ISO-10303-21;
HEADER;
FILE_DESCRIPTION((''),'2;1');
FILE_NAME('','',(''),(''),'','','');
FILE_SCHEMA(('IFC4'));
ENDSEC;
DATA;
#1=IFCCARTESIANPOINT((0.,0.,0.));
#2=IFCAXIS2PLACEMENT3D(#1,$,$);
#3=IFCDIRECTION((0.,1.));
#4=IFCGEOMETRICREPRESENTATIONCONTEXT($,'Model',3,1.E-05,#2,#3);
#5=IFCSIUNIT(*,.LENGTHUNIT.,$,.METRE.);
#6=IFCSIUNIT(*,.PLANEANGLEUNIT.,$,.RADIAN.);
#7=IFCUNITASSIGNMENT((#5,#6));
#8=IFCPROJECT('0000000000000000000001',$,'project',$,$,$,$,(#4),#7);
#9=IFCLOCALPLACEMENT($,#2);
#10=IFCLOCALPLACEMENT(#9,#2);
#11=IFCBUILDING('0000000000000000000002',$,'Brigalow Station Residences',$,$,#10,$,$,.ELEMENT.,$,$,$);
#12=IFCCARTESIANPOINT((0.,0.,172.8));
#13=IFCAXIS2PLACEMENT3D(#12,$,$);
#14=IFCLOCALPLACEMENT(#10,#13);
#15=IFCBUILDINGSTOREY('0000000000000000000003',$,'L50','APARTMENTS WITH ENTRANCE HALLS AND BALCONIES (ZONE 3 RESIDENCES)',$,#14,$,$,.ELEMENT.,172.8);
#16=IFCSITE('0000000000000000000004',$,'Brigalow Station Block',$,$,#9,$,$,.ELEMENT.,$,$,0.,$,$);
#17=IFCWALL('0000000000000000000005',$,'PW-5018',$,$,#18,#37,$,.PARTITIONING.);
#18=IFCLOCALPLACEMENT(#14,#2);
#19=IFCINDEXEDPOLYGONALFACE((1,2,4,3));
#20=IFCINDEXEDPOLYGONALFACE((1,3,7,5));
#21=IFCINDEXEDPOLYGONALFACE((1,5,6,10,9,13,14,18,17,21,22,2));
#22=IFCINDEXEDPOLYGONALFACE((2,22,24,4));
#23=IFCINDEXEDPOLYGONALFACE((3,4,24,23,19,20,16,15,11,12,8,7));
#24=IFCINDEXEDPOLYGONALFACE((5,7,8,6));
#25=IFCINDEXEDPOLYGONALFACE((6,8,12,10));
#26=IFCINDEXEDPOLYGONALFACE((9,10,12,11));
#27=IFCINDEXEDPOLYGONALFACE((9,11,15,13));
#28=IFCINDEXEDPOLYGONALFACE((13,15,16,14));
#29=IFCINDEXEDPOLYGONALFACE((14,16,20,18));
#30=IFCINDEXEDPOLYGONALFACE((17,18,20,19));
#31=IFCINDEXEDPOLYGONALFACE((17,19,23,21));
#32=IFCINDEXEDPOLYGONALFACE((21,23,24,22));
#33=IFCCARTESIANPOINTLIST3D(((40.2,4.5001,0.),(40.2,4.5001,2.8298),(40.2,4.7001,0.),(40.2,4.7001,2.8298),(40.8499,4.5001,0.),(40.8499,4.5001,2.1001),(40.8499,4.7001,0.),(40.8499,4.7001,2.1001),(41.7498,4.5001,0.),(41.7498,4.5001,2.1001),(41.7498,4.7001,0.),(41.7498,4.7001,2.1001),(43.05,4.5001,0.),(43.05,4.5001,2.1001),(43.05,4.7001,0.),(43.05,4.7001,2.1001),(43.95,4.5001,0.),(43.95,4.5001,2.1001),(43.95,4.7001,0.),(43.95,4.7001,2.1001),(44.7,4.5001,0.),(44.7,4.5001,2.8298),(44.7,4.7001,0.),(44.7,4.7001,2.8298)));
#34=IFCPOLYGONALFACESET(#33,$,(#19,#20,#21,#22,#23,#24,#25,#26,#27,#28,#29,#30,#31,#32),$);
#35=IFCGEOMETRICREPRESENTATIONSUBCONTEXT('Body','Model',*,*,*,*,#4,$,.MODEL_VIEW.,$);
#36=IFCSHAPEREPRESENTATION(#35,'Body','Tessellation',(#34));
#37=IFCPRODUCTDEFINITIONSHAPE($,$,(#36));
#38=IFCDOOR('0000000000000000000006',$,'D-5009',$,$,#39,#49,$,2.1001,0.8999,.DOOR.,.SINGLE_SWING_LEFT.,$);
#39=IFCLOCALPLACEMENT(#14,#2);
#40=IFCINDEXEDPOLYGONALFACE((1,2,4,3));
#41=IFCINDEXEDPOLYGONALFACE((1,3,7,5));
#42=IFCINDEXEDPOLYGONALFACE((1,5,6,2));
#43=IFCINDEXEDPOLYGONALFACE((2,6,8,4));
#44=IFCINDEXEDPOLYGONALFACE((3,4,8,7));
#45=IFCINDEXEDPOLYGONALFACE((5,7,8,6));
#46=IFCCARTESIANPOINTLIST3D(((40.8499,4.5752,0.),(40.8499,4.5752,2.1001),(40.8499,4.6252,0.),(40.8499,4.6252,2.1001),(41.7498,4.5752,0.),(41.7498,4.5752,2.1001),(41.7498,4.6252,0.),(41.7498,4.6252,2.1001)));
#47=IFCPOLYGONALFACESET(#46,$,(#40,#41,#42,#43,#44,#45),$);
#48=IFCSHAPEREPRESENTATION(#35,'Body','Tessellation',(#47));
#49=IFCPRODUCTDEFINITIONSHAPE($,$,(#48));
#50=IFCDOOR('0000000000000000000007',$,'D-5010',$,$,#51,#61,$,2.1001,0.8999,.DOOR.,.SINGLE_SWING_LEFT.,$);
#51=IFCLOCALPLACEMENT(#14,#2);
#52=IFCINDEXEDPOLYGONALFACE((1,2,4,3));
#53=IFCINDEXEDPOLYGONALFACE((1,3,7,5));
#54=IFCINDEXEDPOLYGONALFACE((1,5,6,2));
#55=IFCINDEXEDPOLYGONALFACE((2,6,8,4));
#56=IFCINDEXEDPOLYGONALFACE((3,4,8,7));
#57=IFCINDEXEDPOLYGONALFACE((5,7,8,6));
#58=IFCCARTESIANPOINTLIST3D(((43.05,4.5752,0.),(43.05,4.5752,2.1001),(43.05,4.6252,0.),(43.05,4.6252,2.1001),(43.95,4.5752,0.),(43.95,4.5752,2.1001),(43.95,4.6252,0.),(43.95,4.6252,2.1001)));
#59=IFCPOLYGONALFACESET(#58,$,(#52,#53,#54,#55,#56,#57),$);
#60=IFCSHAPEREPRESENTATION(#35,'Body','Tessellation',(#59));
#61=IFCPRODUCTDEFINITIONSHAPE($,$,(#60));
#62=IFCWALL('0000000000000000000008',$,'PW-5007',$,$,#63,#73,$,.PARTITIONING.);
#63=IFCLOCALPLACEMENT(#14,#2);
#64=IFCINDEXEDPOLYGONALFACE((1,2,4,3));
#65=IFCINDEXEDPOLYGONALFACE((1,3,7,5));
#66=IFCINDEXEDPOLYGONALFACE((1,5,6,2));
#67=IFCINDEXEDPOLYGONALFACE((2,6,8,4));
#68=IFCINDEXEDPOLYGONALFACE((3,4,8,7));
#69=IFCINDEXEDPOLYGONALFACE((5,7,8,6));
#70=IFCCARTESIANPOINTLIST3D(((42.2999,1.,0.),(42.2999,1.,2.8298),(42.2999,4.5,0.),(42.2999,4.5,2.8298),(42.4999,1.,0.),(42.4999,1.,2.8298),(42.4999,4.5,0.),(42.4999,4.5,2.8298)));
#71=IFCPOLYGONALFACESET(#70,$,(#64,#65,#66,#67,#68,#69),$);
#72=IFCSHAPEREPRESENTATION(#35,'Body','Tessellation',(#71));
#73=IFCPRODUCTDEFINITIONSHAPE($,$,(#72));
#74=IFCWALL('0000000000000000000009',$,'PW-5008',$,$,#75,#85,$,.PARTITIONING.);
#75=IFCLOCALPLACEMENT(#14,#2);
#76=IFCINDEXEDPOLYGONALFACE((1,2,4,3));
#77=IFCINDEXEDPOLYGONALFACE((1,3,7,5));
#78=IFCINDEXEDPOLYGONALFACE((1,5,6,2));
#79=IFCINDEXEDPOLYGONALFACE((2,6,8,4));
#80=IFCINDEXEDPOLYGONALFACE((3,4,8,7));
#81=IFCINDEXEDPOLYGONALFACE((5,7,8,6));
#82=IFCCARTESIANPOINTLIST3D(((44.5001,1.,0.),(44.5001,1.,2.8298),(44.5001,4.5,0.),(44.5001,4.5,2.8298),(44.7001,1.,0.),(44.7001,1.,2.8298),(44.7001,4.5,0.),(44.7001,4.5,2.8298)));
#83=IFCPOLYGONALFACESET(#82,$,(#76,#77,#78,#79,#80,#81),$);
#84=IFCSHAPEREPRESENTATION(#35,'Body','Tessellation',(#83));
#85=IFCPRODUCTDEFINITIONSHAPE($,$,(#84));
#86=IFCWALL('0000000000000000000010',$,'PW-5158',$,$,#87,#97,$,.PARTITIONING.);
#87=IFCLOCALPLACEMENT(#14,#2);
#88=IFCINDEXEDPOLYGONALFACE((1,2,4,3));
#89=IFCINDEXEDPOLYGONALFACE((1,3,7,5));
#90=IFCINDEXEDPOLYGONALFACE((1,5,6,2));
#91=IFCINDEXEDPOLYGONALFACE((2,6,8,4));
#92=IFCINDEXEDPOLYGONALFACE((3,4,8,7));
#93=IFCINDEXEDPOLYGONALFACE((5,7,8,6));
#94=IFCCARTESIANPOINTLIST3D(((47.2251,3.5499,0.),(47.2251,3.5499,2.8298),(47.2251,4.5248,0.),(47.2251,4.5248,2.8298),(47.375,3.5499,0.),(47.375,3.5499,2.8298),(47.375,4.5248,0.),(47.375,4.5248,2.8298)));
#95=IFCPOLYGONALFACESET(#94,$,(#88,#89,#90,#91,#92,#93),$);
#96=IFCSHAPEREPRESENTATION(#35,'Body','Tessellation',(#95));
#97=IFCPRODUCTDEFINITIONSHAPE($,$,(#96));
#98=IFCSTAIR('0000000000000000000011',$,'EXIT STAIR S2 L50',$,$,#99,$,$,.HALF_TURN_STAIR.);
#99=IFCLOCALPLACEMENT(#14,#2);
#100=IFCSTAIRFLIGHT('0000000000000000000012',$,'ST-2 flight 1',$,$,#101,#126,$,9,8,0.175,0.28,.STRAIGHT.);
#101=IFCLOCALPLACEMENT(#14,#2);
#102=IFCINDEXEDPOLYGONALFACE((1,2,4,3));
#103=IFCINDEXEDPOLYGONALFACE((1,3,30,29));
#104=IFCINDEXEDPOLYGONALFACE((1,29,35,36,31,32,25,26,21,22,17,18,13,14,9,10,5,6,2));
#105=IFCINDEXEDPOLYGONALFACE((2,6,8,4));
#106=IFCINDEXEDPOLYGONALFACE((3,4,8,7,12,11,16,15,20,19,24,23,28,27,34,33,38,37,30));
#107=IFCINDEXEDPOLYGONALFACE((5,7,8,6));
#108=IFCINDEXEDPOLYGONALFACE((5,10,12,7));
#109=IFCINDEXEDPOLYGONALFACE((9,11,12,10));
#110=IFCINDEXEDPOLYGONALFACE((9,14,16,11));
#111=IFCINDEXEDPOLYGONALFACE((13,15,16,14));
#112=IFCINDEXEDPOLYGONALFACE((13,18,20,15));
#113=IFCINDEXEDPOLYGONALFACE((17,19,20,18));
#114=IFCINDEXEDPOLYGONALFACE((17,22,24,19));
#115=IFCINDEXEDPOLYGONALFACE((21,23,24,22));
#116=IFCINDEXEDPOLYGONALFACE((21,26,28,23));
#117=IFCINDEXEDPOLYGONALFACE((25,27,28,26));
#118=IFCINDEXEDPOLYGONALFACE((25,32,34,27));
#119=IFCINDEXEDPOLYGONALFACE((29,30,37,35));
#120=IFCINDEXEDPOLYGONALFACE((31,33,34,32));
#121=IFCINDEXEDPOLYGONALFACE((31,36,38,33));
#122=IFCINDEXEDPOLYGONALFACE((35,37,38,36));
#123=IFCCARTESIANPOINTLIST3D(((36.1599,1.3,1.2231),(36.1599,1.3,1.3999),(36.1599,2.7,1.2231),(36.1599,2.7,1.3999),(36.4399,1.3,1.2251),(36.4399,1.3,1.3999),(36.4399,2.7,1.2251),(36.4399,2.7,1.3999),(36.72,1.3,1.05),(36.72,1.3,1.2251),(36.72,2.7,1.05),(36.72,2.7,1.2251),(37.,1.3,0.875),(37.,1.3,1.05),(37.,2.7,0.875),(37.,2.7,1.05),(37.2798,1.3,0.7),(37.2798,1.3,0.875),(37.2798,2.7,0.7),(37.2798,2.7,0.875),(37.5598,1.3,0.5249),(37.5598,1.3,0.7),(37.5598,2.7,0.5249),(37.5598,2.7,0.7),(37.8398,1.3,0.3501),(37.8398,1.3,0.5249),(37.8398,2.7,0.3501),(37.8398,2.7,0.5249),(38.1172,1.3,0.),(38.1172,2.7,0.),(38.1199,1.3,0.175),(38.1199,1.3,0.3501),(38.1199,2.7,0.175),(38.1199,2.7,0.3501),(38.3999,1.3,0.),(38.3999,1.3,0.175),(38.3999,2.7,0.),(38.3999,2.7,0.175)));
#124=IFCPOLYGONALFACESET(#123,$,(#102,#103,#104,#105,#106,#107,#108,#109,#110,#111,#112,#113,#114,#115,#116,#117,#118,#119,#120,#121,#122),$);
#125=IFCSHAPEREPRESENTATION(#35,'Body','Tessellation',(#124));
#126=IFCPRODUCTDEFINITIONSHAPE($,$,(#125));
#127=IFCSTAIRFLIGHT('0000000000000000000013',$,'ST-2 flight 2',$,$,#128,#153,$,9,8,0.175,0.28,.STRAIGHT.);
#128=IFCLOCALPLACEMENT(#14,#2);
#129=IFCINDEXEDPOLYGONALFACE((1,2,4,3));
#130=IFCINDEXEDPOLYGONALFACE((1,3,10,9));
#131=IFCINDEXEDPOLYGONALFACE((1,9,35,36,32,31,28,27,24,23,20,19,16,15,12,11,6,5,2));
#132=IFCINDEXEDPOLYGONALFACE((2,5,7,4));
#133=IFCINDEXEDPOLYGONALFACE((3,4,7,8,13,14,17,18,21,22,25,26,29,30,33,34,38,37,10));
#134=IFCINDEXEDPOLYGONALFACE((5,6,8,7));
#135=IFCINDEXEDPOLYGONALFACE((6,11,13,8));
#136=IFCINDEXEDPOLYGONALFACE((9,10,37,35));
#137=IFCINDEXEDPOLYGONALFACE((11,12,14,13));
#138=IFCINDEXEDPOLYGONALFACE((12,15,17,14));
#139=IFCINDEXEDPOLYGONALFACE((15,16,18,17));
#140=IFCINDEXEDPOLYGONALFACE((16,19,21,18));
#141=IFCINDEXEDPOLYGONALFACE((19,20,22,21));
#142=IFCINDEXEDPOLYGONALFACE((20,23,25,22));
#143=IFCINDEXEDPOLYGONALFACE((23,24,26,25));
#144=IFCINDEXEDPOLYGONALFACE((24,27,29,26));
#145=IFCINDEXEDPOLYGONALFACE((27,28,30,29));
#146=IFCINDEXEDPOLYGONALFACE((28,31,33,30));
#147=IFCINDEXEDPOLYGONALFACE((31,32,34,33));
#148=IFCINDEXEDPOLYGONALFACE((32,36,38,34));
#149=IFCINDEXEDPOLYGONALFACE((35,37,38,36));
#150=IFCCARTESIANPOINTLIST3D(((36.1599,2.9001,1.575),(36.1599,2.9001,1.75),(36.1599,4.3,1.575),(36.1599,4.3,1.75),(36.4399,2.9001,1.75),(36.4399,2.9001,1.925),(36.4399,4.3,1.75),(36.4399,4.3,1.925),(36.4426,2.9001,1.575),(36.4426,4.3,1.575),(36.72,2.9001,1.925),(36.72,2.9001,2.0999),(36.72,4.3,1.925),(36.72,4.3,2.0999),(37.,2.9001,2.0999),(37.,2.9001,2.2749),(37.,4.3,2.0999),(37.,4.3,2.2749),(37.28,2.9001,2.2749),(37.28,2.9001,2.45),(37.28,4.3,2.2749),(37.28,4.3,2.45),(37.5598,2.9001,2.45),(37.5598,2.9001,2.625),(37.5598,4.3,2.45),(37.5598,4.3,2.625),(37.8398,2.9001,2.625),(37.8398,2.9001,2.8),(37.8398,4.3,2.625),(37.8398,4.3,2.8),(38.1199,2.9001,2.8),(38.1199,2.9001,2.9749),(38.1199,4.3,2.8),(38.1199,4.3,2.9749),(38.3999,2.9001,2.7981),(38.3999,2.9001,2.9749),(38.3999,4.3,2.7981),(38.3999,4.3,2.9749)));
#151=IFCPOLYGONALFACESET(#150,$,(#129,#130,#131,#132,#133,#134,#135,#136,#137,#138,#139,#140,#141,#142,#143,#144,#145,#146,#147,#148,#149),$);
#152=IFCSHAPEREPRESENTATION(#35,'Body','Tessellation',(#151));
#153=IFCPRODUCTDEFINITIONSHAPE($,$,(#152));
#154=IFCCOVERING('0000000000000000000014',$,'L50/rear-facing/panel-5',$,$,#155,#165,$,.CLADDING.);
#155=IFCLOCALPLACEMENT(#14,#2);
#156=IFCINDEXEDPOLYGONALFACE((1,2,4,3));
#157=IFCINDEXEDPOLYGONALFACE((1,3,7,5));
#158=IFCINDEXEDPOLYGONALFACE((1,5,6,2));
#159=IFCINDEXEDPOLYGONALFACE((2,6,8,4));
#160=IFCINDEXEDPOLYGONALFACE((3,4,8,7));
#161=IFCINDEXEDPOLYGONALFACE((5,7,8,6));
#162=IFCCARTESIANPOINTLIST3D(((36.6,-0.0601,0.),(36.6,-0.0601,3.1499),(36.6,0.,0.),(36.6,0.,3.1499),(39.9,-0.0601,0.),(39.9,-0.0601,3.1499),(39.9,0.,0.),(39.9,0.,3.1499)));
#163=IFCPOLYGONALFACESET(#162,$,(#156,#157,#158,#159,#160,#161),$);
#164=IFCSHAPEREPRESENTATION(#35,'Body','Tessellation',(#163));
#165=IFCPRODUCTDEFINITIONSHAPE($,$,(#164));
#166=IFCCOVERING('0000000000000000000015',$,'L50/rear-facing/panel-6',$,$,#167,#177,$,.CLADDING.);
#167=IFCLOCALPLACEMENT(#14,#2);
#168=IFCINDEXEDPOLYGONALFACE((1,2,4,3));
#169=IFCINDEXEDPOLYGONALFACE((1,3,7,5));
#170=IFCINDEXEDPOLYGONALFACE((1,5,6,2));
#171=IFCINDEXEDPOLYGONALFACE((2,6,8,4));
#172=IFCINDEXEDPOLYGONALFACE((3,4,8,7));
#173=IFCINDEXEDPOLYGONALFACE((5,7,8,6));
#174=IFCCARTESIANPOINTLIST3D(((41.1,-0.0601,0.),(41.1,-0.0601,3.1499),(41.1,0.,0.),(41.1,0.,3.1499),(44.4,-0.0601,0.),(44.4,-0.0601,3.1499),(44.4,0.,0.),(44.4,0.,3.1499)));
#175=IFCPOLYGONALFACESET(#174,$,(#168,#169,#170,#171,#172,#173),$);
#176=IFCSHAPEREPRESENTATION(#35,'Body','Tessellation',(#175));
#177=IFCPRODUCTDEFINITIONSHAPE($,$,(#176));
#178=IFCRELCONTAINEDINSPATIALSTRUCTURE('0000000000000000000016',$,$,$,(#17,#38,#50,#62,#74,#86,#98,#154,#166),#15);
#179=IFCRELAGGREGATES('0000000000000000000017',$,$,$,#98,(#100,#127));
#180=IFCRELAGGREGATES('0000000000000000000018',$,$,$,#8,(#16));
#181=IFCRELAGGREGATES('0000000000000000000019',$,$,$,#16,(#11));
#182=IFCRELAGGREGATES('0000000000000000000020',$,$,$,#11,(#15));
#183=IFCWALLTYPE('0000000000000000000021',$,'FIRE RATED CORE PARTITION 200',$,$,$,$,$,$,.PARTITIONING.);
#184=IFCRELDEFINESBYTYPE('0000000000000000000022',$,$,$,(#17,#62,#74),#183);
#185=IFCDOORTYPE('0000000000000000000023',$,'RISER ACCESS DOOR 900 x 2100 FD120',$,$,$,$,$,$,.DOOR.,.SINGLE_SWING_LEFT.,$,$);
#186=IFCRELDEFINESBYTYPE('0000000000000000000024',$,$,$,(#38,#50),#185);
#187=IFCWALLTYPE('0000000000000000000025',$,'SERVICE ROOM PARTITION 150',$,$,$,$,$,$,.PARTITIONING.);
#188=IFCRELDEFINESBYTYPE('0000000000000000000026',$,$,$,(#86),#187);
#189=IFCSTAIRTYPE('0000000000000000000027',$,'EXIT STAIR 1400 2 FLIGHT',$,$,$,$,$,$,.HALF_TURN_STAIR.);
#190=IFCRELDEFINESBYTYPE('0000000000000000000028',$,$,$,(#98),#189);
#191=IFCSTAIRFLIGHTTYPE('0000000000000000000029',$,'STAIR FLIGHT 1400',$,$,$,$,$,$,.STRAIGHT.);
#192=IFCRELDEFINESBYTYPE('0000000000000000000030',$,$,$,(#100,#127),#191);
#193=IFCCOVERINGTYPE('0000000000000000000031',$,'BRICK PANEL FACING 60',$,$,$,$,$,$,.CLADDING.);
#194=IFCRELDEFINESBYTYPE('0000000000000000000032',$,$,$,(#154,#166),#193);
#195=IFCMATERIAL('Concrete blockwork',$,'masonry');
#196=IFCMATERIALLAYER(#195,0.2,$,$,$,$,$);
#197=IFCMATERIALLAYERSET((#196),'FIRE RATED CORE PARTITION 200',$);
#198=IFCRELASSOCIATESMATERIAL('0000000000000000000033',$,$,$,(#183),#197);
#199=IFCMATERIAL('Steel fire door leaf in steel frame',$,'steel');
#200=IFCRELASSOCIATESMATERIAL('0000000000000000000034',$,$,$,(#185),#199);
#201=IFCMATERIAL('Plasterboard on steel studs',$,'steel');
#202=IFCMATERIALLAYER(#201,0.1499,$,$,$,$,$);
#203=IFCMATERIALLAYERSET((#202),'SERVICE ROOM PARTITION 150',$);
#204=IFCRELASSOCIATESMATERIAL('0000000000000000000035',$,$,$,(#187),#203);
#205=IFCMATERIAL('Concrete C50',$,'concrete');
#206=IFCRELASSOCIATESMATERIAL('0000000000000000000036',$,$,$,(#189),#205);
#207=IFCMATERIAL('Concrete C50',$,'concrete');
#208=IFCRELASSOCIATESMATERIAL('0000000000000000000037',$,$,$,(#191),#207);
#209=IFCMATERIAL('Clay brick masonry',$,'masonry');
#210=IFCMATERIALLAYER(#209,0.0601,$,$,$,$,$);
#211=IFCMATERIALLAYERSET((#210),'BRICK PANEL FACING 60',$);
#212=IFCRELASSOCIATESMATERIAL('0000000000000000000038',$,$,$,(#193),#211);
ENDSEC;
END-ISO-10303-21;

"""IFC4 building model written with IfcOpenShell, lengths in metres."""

from ifc_helpers import new_model, si_unit, direction, frame, frame_2d, origin, origin_2d, place, context, subcontext, project, spatial, polyline, rectangle, outline, extrude, material, layer, layer_set, type_object, element, fill, aggregate, save


model = new_model("IFC4")

# Units and contexts
model_context = context("Model", 3, precision=1e-05, world=origin(), true_north=direction((0.0, 1.0)))
body_context = subcontext(model_context, "Body", "Model", "MODEL_VIEW")
ifc_project = project(units=[si_unit("LENGTHUNIT", "METRE"), si_unit("PLANEANGLEUNIT", "RADIAN")], contexts=[model_context])

# Site, building, storey
site_placement = place(None, origin())
site = spatial("IfcSite", under=ifc_project, at=site_placement, Name="Brigalow Station Block", CompositionType="ELEMENT", RefElevation=0.0)
building_placement = place(site_placement, origin())
building = spatial("IfcBuilding", under=site, at=building_placement, Name="Brigalow Station Residences", CompositionType="ELEMENT")
storey_placement = place(building_placement, frame((0.0, 0.0, 172.8)))
storey = spatial("IfcBuildingStorey", under=building, at=storey_placement, Name="L50", Description="APARTMENTS WITH ENTRANCE HALLS AND BALCONIES (ZONE 3 RESIDENCES)", CompositionType="ELEMENT", Elevation=172.8)

# Wall, openings, doors
ifc_material_1 = material(Name="Concrete blockwork", Category="masonry")
ifc_layer_1 = layer(ifc_material_1, 0.2)
ifc_layer_set_1 = layer_set([ifc_layer_1], Name="FIRE RATED CORE PARTITION 200")
wall_type_1 = type_object("IfcWallType", Name="FIRE RATED CORE PARTITION 200", PredefinedType="PARTITIONING", material=ifc_layer_set_1)
wall_1_placement = place(storey_placement, frame((40.2, 4.6001, 0.0), z_axis=(0.0, 0.0, 1.0), x_axis=(1.0, 0.0, 0.0)))
wall_1 = element("IfcWall", 1, at=wall_1_placement, inside=storey, type_object=wall_type_1, Name="PW-5018", PredefinedType="PARTITIONING", context=body_context, shape_type="SweptSolid", body=[
    extrude(rectangle(XDim=4.5, YDim=0.2, at=frame_2d((2.25, 0.0))), origin(), (0.0, 0.0, 1.0), 2.8298),
])
opening_1_placement = place(wall_1_placement, frame((0.6499, 0.0, 0.0)))
opening_1 = element("IfcOpeningElement", 2, at=opening_1_placement, cuts=wall_1, PredefinedType="OPENING", context=body_context, shape_type="SweptSolid", body=[
    extrude(rectangle(XDim=0.8999, YDim=2.1001, at=frame_2d((0.45, 1.05))), frame((0.0, 0.1099, 0.0), z_axis=(0.0, -1.0, 0.0), x_axis=(1.0, 0.0, 0.0)), (0.0, 0.0, 1.0), 0.22),
])
opening_2_placement = place(wall_1_placement, frame((2.8501, 0.0, 0.0)))
opening_2 = element("IfcOpeningElement", 3, at=opening_2_placement, cuts=wall_1, PredefinedType="OPENING", context=body_context, shape_type="SweptSolid", body=[
    extrude(rectangle(XDim=0.8999, YDim=2.1001, at=frame_2d((0.45, 1.05))), frame((0.0, 0.1099, 0.0), z_axis=(0.0, -1.0, 0.0), x_axis=(1.0, 0.0, 0.0)), (0.0, 0.0, 1.0), 0.22),
])
ifc_material_2 = material(Name="Steel fire door leaf in steel frame", Category="steel")
door_type_1 = type_object("IfcDoorType", Name="RISER ACCESS DOOR 900 x 2100 FD120", OperationType="SINGLE_SWING_LEFT", PredefinedType="DOOR", material=ifc_material_2)
door_1_placement = place(opening_1_placement, frame((0.8999, 0.0, 0.0), z_axis=(0.0, 0.0, 1.0), x_axis=(-1.0, 0.0, 0.0)))
door_1 = element("IfcDoor", 4, at=door_1_placement, inside=storey, type_object=door_type_1, Name="D-5009", OperationType="SINGLE_SWING_LEFT", OverallHeight=2.1001, OverallWidth=0.8999, PredefinedType="DOOR", context=body_context, shape_type="SweptSolid", body=[
    extrude(rectangle(XDim=0.8999, YDim=2.1001, at=frame_2d((0.45, 1.05))), frame((0.0, 0.0249, 0.0), z_axis=(0.0, -1.0, 0.0), x_axis=(1.0, 0.0, 0.0)), (0.0, 0.0, 1.0), 0.05),
])
fill(opening_1, door_1)
door_2_placement = place(opening_2_placement, frame((0.8999, 0.0, 0.0), z_axis=(0.0, 0.0, 1.0), x_axis=(-1.0, 0.0, 0.0)))
door_2 = element("IfcDoor", 5, at=door_2_placement, inside=storey, type_object=door_type_1, Name="D-5010", OperationType="SINGLE_SWING_LEFT", OverallHeight=2.1001, OverallWidth=0.8999, PredefinedType="DOOR", context=body_context, shape_type="SweptSolid", body=[
    extrude(rectangle(XDim=0.8999, YDim=2.1001, at=frame_2d((0.45, 1.05))), frame((0.0, 0.0249, 0.0), z_axis=(0.0, -1.0, 0.0), x_axis=(1.0, 0.0, 0.0)), (0.0, 0.0, 1.0), 0.05),
])
fill(opening_2, door_2)

# Walls
for number, where, z_axis, x_axis, name in (
    (6, (42.3999, 1.0, 0.0), (0.0, 0.0, 1.0), (0.0, 1.0, 0.0), "PW-5007"),
    (7, (44.6001, 1.0, 0.0), (0.0, 0.0, 1.0), (0.0, 1.0, 0.0), "PW-5008"),
):
    element("IfcWall", number, at=place(storey_placement, frame(where, z_axis=z_axis, x_axis=x_axis)), inside=storey, type_object=wall_type_1, Name=name, PredefinedType="PARTITIONING", context=body_context, shape_type="SweptSolid", body=[
        extrude(rectangle(XDim=3.5, YDim=0.2, at=frame_2d((1.75, 0.0))), origin(), (0.0, 0.0, 1.0), 2.8298),
    ])
ifc_material_3 = material(Name="Plasterboard on steel studs", Category="steel")
ifc_layer_2 = layer(ifc_material_3, 0.1499)
ifc_layer_set_2 = layer_set([ifc_layer_2], Name="SERVICE ROOM PARTITION 150")
wall_type_2 = type_object("IfcWallType", Name="SERVICE ROOM PARTITION 150", PredefinedType="PARTITIONING", material=ifc_layer_set_2)
wall_2_placement = place(storey_placement, frame((47.3, 3.55, 0.0), z_axis=(0.0, 0.0, 1.0), x_axis=(0.0, 1.0, 0.0)))
element("IfcWall", 8, at=wall_2_placement, inside=storey, type_object=wall_type_2, Name="PW-5158", PredefinedType="PARTITIONING", context=body_context, shape_type="SweptSolid", body=[
    extrude(rectangle(XDim=0.9749, YDim=0.1499, at=frame_2d((0.4873, 0.0))), origin(), (0.0, 0.0, 1.0), 2.8298),
])

# Stair, stair flights
ifc_material_4 = material(Name="Concrete C50", Category="concrete")
stair_type = type_object("IfcStairType", Name="EXIT STAIR 1400 2 FLIGHT", PredefinedType="HALF_TURN_STAIR", material=ifc_material_4)
stair_placement = place(storey_placement, origin())
stair = element("IfcStair", 9, at=stair_placement, inside=storey, type_object=stair_type, Name="EXIT STAIR S2 L50", PredefinedType="HALF_TURN_STAIR")
ifc_material_5 = material(Name="Concrete C50", Category="concrete")
stair_flight_type = type_object("IfcStairFlightType", Name="STAIR FLIGHT 1400", PredefinedType="STRAIGHT", material=ifc_material_5)
stair_flight_1_placement = place(storey_placement, frame((38.3999, 2.0, 0.0), z_axis=(0.0, 0.0, 1.0), x_axis=(-1.0, 0.0, 0.0)))
stair_flight_1 = element("IfcStairFlight", 10, at=stair_flight_1_placement, type_object=stair_flight_type, Name="ST-2 flight 1", NumberOfRisers=9, NumberOfTreads=8, PredefinedType="STRAIGHT", RiserHeight=0.175, TreadLength=0.28, context=body_context, shape_type="SweptSolid", body=[
    extrude(outline(polyline([(0.0, 0.0), (0.0, 0.175), (0.28, 0.175), (0.28, 0.3501), (0.5601, 0.3501), (0.5601, 0.5249), (0.8401, 0.5249), (0.8401, 0.7), (1.1201, 0.7), (1.1201, 0.875), (1.3999, 0.875), (1.3999, 1.05), (1.6799, 1.05), (1.6799, 1.2251), (1.96, 1.2251), (1.96, 1.3999), (2.24, 1.3999), (2.24, 1.575), (2.24, 1.2231), (0.2827, 0.0), (0.0, 0.0)])), frame((0.0, 0.7, 0.0), z_axis=(0.0, -1.0, 0.0), x_axis=(1.0, 0.0, 0.0)), (0.0, 0.0, 1.0), 1.3999),
])
stair_flight_2_placement = place(storey_placement, frame((36.1599, 3.6001, 1.575), z_axis=(0.0, 0.0, 1.0), x_axis=(1.0, 0.0, 0.0)))
stair_flight_2 = element("IfcStairFlight", 11, at=stair_flight_2_placement, type_object=stair_flight_type, Name="ST-2 flight 2", NumberOfRisers=9, NumberOfTreads=8, PredefinedType="STRAIGHT", RiserHeight=0.175, TreadLength=0.28, context=body_context, shape_type="SweptSolid", body=[
    extrude(outline(polyline([(0.0, 0.0), (0.0, 0.175), (0.28, 0.175), (0.28, 0.3501), (0.5601, 0.3501), (0.5601, 0.5249), (0.8401, 0.5249), (0.8401, 0.7), (1.1201, 0.7), (1.1201, 0.875), (1.3999, 0.875), (1.3999, 1.05), (1.6799, 1.05), (1.6799, 1.2251), (1.96, 1.2251), (1.96, 1.3999), (2.24, 1.3999), (2.24, 1.575), (2.24, 1.2231), (0.2827, 0.0), (0.0, 0.0)])), frame((0.0, 0.7, 0.0), z_axis=(0.0, -1.0, 0.0), x_axis=(1.0, 0.0, 0.0)), (0.0, 0.0, 1.0), 1.3999),
])
aggregate(stair, [stair_flight_1, stair_flight_2])

# Coverings
ifc_material_6 = material(Name="Clay brick masonry", Category="masonry")
ifc_layer_3 = layer(ifc_material_6, 0.0601)
ifc_layer_set_3 = layer_set([ifc_layer_3], Name="BRICK PANEL FACING 60")
covering_type_1 = type_object("IfcCoveringType", Name="BRICK PANEL FACING 60", PredefinedType="CLADDING", material=ifc_layer_set_3)
for number, where, z_axis, x_axis, name in (
    (12, (38.25, -0.03, 0.0), (0.0, 0.0, 1.0), (1.0, 0.0, 0.0), "L50/rear-facing/panel-5"),
    (13, (42.75, -0.03, 0.0), (0.0, 0.0, 1.0), (1.0, 0.0, 0.0), "L50/rear-facing/panel-6"),
):
    element("IfcCovering", number, at=place(storey_placement, frame(where, z_axis=z_axis, x_axis=x_axis)), inside=storey, type_object=covering_type_1, Name=name, PredefinedType="CLADDING", context=body_context, shape_type="SweptSolid", body=[
        extrude(rectangle(XDim=3.3, YDim=0.0601, at=origin_2d()), origin(), (0.0, 0.0, 1.0), 3.1499),
    ])

save(model, "model.ifc")
